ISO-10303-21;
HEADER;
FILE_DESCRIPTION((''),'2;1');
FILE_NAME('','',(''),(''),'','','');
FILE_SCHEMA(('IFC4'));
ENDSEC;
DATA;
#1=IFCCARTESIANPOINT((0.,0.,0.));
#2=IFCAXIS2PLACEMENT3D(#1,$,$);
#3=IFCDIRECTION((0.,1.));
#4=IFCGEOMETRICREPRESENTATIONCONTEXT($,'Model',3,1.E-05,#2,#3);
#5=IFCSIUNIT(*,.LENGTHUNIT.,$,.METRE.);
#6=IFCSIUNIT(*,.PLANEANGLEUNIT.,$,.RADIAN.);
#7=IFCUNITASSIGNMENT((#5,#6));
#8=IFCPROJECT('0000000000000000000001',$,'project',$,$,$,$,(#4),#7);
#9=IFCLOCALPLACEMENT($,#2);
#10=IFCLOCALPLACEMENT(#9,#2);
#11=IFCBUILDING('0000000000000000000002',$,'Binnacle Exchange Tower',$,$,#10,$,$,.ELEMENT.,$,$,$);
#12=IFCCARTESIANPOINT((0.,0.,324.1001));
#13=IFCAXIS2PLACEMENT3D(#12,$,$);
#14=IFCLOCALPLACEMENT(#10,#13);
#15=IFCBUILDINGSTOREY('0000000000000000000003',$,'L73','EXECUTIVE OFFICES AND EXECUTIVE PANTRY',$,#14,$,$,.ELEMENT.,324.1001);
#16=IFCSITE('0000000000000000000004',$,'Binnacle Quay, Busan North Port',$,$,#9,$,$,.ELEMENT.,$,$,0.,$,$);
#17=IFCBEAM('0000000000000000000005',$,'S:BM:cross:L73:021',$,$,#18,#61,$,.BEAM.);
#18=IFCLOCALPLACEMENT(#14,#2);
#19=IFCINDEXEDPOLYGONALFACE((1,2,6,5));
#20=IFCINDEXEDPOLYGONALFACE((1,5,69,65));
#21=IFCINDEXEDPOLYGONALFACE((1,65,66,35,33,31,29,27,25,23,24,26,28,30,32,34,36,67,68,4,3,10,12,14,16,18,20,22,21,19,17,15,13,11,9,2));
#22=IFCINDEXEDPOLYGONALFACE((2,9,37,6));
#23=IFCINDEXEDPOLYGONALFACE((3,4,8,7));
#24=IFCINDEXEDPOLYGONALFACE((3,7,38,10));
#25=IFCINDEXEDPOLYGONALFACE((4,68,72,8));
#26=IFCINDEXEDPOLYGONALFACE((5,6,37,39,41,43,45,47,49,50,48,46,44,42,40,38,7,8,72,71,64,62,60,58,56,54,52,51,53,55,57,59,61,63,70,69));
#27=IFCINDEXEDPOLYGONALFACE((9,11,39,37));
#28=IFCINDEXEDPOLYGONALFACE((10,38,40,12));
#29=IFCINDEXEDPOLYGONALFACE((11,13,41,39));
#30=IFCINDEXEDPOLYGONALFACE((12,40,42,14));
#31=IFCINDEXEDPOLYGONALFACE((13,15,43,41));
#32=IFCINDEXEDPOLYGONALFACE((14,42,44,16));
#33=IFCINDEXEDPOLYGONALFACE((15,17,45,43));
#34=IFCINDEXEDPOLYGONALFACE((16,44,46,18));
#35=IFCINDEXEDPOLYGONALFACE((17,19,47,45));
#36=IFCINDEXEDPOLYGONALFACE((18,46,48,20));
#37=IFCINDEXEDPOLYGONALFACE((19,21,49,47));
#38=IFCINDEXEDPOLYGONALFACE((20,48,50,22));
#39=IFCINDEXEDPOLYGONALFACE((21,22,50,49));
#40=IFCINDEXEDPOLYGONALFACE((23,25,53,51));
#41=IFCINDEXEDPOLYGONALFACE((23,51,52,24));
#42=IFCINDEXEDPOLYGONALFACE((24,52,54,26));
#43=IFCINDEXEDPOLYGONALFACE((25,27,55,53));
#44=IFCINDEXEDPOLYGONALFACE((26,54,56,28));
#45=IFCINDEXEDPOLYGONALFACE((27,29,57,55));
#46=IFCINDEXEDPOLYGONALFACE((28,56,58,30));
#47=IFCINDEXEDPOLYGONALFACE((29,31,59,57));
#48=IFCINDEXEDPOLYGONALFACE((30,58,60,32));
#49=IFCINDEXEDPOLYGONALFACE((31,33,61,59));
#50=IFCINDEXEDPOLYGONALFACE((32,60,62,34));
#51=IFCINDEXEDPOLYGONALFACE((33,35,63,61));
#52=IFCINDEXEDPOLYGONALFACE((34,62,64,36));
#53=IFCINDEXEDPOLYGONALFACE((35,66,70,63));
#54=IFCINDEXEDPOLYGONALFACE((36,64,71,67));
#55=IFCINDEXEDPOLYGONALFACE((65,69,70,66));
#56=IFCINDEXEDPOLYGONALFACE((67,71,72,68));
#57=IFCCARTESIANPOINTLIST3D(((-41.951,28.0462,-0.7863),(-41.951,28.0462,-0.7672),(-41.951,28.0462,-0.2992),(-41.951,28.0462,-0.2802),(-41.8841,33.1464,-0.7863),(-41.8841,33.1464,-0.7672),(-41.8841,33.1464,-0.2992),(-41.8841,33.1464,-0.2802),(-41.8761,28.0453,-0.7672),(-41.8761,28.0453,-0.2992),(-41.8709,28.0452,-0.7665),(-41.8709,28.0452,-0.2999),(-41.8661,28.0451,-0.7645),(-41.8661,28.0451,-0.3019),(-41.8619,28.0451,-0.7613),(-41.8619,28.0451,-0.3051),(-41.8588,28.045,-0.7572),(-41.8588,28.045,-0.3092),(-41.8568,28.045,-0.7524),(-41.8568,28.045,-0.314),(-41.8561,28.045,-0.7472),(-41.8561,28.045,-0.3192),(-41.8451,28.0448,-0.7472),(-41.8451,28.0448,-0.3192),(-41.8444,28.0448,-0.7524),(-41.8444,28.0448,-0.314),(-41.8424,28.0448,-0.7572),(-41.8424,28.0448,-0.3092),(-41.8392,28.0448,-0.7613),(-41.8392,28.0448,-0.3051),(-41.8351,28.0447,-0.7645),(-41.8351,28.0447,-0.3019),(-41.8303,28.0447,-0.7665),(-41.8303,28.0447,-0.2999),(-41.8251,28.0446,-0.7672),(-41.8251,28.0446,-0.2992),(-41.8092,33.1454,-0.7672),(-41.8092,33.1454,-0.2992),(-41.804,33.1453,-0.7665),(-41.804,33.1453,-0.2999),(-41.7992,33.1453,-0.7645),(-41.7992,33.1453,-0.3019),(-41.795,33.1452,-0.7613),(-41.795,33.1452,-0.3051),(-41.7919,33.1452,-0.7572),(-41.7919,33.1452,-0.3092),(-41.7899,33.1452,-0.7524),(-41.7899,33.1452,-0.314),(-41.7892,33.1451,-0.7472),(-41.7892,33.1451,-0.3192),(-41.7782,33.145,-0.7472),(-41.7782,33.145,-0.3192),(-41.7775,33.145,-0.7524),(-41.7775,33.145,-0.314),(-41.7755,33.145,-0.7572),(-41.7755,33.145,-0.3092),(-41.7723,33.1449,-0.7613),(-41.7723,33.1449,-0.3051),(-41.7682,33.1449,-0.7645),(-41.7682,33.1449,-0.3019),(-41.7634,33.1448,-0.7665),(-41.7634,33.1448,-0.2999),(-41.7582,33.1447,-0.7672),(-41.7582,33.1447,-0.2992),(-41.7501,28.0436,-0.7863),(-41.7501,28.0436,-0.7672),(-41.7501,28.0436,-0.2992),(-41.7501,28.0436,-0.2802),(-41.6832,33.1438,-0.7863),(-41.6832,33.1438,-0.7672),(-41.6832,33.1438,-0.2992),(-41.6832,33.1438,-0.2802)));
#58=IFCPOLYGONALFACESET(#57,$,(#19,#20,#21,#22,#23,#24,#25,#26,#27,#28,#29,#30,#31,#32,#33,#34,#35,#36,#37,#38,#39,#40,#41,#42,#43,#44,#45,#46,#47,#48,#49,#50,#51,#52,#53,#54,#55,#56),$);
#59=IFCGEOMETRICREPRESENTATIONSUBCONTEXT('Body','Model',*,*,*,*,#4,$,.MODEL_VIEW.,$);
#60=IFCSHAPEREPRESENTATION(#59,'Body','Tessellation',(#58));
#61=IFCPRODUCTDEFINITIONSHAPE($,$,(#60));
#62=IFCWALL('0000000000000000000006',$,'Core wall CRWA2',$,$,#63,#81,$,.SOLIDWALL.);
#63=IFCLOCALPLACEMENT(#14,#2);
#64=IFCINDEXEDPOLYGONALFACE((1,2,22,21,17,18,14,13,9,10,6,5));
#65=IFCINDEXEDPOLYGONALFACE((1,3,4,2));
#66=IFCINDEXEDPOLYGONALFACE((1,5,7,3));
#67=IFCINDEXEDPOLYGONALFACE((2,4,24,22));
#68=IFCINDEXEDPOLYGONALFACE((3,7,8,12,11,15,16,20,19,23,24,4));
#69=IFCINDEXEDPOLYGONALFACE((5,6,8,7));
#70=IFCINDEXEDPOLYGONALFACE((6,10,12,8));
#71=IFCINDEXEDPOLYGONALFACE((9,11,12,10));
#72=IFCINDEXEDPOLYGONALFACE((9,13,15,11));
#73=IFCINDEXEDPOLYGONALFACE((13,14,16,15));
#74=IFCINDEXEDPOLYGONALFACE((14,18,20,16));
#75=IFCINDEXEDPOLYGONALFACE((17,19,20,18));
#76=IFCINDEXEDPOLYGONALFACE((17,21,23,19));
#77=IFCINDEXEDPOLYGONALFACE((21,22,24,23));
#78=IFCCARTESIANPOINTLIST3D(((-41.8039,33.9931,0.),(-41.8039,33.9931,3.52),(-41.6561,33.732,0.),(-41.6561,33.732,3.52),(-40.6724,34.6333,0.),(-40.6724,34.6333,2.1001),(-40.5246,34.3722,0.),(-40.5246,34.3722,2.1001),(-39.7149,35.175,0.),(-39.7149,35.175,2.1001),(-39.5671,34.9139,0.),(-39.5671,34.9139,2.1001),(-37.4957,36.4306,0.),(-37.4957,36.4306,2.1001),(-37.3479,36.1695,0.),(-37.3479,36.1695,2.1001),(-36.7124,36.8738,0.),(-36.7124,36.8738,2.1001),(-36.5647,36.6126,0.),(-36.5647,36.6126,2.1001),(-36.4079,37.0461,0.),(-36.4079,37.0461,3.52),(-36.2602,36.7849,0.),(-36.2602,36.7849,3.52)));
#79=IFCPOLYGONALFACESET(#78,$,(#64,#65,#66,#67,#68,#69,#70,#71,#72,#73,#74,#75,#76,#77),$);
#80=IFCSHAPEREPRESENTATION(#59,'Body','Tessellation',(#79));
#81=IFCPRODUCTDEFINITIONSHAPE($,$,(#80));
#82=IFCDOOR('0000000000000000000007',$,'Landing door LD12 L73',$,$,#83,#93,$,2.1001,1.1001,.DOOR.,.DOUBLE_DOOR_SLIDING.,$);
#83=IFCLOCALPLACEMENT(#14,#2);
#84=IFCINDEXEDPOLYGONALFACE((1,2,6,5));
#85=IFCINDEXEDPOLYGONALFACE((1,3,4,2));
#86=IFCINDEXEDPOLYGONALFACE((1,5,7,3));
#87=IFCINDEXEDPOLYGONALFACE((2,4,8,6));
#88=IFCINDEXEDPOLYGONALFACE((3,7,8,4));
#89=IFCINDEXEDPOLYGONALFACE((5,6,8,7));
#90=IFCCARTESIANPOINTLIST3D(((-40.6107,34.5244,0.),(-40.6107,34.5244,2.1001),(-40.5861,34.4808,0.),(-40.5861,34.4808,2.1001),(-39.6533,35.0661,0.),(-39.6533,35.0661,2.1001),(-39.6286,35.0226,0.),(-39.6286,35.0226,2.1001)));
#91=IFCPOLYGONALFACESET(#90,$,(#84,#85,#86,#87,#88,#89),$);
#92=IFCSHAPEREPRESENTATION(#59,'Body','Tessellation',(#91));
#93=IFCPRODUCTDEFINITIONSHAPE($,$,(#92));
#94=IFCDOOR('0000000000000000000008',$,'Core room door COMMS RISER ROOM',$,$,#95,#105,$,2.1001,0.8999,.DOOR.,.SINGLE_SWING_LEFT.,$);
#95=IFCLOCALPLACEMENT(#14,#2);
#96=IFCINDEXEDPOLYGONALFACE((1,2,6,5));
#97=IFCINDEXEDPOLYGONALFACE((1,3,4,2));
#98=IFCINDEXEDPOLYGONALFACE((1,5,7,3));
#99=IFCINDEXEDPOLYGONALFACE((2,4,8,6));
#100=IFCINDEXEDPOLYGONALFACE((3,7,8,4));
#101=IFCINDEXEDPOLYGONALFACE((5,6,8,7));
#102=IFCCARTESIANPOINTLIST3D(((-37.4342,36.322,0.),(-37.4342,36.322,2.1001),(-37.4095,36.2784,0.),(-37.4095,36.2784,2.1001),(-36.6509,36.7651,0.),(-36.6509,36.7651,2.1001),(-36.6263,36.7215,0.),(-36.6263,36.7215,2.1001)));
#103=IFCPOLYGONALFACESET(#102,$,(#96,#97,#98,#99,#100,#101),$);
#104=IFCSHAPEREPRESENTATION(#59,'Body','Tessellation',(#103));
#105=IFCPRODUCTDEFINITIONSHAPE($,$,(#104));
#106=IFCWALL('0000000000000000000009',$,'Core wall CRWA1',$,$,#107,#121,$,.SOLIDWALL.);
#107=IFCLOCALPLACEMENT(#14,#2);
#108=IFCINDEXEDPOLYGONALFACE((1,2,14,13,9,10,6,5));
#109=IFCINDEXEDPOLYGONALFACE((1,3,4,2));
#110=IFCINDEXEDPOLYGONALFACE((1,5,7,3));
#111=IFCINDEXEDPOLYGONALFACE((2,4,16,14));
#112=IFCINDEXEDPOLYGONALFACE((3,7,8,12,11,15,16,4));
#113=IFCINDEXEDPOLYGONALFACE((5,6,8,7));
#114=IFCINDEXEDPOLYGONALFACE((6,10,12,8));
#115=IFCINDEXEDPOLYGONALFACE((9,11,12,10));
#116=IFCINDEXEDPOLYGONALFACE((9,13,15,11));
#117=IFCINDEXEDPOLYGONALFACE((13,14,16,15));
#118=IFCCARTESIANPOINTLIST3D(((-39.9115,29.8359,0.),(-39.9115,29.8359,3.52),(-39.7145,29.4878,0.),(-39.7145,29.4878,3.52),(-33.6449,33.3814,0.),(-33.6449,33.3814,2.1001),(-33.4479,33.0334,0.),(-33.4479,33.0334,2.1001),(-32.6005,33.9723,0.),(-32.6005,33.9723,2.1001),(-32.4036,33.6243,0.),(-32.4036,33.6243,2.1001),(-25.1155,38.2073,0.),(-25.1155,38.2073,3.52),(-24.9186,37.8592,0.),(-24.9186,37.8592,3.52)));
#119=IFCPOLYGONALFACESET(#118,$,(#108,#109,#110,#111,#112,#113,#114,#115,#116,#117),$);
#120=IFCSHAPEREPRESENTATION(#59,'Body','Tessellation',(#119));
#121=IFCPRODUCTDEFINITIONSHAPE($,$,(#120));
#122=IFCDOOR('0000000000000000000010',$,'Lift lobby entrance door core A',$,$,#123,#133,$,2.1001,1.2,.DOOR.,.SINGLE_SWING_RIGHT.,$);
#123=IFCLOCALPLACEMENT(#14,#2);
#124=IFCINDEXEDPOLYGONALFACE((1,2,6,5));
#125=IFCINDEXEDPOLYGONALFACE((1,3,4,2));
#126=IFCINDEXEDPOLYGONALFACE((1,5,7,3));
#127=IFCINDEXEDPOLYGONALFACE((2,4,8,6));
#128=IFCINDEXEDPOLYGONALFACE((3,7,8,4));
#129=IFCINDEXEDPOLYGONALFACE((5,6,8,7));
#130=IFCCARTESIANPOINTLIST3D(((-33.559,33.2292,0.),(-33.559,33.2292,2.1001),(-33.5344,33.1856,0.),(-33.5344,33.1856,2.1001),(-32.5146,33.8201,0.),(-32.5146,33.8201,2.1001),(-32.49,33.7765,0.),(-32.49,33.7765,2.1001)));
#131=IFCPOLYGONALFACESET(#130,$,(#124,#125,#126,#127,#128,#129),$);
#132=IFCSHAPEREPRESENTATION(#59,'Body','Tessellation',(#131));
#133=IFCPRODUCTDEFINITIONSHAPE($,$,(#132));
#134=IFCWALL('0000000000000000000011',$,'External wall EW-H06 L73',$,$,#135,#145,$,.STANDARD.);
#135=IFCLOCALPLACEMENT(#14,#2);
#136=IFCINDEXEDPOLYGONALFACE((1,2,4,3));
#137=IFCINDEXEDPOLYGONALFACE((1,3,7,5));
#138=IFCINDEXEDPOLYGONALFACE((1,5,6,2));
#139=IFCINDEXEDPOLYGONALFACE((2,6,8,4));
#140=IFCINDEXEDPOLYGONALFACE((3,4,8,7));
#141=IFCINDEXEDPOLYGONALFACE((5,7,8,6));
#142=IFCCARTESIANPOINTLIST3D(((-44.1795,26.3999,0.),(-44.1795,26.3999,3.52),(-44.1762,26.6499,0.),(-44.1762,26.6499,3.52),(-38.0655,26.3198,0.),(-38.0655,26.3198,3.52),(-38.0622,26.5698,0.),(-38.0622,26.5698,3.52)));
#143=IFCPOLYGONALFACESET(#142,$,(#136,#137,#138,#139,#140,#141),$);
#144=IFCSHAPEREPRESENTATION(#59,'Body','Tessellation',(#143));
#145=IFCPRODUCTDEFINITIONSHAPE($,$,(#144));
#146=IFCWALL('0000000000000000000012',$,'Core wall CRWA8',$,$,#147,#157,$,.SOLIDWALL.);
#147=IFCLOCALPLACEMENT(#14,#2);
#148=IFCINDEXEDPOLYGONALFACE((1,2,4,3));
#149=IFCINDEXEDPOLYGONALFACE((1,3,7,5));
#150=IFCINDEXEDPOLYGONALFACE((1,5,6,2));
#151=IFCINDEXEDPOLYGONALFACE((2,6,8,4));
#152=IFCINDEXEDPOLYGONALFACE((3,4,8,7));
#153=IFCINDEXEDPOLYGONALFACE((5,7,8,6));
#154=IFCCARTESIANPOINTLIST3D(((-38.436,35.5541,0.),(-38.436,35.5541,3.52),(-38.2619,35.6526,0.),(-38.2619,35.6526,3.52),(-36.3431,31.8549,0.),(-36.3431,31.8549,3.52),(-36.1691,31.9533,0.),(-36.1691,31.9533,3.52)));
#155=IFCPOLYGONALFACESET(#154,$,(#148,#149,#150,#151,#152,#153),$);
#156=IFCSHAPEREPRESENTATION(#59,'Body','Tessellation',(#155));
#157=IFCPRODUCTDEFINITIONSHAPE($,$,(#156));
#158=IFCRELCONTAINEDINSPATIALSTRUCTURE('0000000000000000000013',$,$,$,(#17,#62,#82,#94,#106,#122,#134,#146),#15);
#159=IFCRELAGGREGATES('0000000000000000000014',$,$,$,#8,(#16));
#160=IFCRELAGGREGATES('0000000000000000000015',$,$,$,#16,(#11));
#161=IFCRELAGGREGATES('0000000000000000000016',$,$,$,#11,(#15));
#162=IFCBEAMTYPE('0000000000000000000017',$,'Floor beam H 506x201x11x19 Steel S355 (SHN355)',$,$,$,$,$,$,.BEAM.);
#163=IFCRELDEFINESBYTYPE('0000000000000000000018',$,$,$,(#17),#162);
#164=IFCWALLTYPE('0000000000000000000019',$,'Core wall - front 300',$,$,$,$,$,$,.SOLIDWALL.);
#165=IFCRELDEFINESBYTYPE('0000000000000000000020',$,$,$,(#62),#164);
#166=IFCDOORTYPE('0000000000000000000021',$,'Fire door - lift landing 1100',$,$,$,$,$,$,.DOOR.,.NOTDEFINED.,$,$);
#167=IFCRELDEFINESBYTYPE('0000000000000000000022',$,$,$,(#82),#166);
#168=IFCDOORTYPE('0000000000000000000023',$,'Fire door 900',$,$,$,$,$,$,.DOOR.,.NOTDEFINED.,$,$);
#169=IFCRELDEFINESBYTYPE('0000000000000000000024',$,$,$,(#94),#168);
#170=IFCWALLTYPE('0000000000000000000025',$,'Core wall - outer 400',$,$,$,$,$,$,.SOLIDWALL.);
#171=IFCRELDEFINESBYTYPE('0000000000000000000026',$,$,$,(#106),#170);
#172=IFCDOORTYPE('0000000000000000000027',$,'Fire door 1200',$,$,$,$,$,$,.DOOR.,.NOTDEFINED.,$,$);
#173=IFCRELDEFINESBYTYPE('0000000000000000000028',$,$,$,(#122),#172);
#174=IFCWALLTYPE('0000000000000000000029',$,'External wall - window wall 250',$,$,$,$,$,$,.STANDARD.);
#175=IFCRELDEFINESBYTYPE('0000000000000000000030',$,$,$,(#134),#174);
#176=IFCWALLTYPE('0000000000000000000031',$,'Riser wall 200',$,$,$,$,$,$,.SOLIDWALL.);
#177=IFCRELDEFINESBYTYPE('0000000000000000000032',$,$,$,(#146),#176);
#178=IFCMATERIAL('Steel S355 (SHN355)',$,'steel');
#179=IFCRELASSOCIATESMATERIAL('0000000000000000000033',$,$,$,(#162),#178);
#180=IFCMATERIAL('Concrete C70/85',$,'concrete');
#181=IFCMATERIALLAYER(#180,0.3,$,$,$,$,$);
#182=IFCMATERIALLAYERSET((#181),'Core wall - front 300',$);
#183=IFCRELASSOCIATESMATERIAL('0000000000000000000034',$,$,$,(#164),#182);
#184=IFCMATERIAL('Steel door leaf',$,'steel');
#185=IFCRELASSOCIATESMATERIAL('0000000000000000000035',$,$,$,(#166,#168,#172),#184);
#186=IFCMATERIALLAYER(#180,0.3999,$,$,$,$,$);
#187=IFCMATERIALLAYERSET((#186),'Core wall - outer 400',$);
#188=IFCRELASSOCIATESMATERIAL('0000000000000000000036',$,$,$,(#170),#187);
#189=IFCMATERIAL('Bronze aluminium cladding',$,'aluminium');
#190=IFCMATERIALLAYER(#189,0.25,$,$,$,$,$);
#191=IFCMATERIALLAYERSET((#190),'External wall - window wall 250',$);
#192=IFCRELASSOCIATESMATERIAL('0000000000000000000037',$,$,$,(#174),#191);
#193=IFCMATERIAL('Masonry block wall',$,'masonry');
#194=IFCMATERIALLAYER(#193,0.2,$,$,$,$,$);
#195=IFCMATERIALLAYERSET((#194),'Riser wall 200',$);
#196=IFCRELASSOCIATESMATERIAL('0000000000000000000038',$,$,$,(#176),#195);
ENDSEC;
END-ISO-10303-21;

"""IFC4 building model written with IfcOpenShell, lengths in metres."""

from ifc_helpers import new_model, si_unit, direction, frame, frame_2d, origin, origin_2d, place, context, subcontext, project, spatial, rectangle, i_section, extrude, material, layer, layer_set, material_profile, profile_set, type_object, element, fill, save


model = new_model("IFC4")

# Units and contexts
model_context = context("Model", 3, precision=1e-05, world=origin(), true_north=direction((0.0, 1.0)))
body_context = subcontext(model_context, "Body", "Model", "MODEL_VIEW")
ifc_project = project(units=[si_unit("LENGTHUNIT", "METRE"), si_unit("PLANEANGLEUNIT", "RADIAN")], contexts=[model_context])

# Site, building, storey
site_placement = place(None, origin())
site = spatial("IfcSite", under=ifc_project, at=site_placement, Name="Binnacle Quay, Busan North Port", CompositionType="ELEMENT", RefElevation=0.0)
building_placement = place(site_placement, origin())
building = spatial("IfcBuilding", under=site, at=building_placement, Name="Binnacle Exchange Tower", CompositionType="ELEMENT")
storey_placement = place(building_placement, frame((0.0, 0.0, 324.1001)))
storey = spatial("IfcBuildingStorey", under=building, at=storey_placement, Name="L73", Description="EXECUTIVE OFFICES AND EXECUTIVE PANTRY", CompositionType="ELEMENT", Elevation=324.1001)

# Beam
ifc_material_1 = material(Name="Steel S355 (SHN355)", Category="steel")
ifc_material_profile_1 = material_profile(ifc_material_1, i_section(OverallWidth=0.2009, OverallDepth=0.5061, WebThickness=0.011, FlangeThickness=0.019, FilletRadius=0.02, at=origin_2d()), Name="H 506x201x11x19")
ifc_profile_set_1 = profile_set([ifc_material_profile_1], Name="Steel S355 (SHN355)")
beam_type_1 = type_object("IfcBeamType", Name="Floor beam H 506x201x11x19 Steel S355 (SHN355)", PredefinedType="BEAM", material=ifc_profile_set_1)
beam_1_placement = place(storey_placement, frame((-41.8506, 28.0449, -0.5332), z_axis=(0.013115, 0.999914, 0.0), x_axis=(-0.999914, 0.013115, 0.0)))
element("IfcBeam", 1, at=beam_1_placement, inside=storey, type_object=beam_type_1, Name="S:BM:cross:L73:021", PredefinedType="BEAM", context=body_context, shape_type="SweptSolid", body=[
    extrude(i_section(OverallWidth=0.2009, OverallDepth=0.5061, WebThickness=0.011, FlangeThickness=0.019, FilletRadius=0.02, at=origin_2d()), origin(), (0.0, 0.0, 1.0), 5.1006),
])

# Wall, openings, doors
ifc_material_2 = material(Name="Concrete C70/85", Category="concrete")
ifc_layer_1 = layer(ifc_material_2, 0.3)
ifc_layer_set_1 = layer_set([ifc_layer_1], Name="Core wall - front 300")
wall_type_1 = type_object("IfcWallType", Name="Core wall - front 300", PredefinedType="SOLIDWALL", material=ifc_layer_set_1)
wall_1_placement = place(storey_placement, frame((-41.73, 33.8625, 0.0), z_axis=(0.0, 0.0, 1.0), x_axis=(0.870351, 0.492432, 0.0)))
wall_1 = element("IfcWall", 2, at=wall_1_placement, inside=storey, type_object=wall_type_1, Name="Core wall CRWA2", PredefinedType="SOLIDWALL", context=body_context, shape_type="SweptSolid", body=[
    extrude(rectangle(XDim=6.1997, YDim=0.3, at=frame_2d((3.0999, 0.0))), origin(), (0.0, 0.0, 1.0), 3.52),
])
opening_1_placement = place(wall_1_placement, frame((1.3, 0.0, 0.0)))
opening_1 = element("IfcOpeningElement", 3, at=opening_1_placement, cuts=wall_1, PredefinedType="OPENING", context=body_context, shape_type="SweptSolid", body=[
    extrude(rectangle(XDim=1.1001, YDim=2.1001, at=frame_2d((0.55, 1.05))), frame((0.0, 0.1599, 0.0), z_axis=(0.0, -1.0, 0.0), x_axis=(1.0, 0.0, 0.0)), (0.0, 0.0, 1.0), 0.3201),
])
opening_2_placement = place(wall_1_placement, frame((4.95, 0.0, 0.0)))
opening_2 = element("IfcOpeningElement", 4, at=opening_2_placement, cuts=wall_1, PredefinedType="OPENING", context=body_context, shape_type="SweptSolid", body=[
    extrude(rectangle(XDim=0.8999, YDim=2.1001, at=frame_2d((0.45, 1.05))), frame((0.0, 0.1599, 0.0), z_axis=(0.0, -1.0, 0.0), x_axis=(1.0, 0.0, 0.0)), (0.0, 0.0, 1.0), 0.3201),
])
ifc_material_3 = material(Name="Steel door leaf", Category="steel")
door_type_1 = type_object("IfcDoorType", Name="Fire door - lift landing 1100", OperationType="NOTDEFINED", PredefinedType="DOOR", material=ifc_material_3)
door_1_placement = place(opening_1_placement, origin())
door_1 = element("IfcDoor", 5, at=door_1_placement, inside=storey, type_object=door_type_1, Name="Landing door LD12 L73", OperationType="DOUBLE_DOOR_SLIDING", OverallHeight=2.1001, OverallWidth=1.1001, PredefinedType="DOOR", context=body_context, shape_type="SweptSolid", body=[
    extrude(rectangle(XDim=1.1001, YDim=2.1001, at=frame_2d((0.55, 1.05))), frame((0.0, 0.0249, 0.0), z_axis=(0.0, -1.0, 0.0), x_axis=(1.0, 0.0, 0.0)), (0.0, 0.0, 1.0), 0.05),
])
fill(opening_1, door_1)
door_type_2 = type_object("IfcDoorType", Name="Fire door 900", OperationType="NOTDEFINED", PredefinedType="DOOR", material=ifc_material_3)
door_2_placement = place(opening_2_placement, frame((0.8999, 0.0, 0.0), z_axis=(0.0, 0.0, 1.0), x_axis=(-1.0, 0.0, 0.0)))
door_2 = element("IfcDoor", 6, at=door_2_placement, inside=storey, type_object=door_type_2, Name="Core room door COMMS RISER ROOM", OperationType="SINGLE_SWING_LEFT", OverallHeight=2.1001, OverallWidth=0.8999, PredefinedType="DOOR", context=body_context, shape_type="SweptSolid", body=[
    extrude(rectangle(XDim=0.8999, YDim=2.1001, at=frame_2d((0.45, 1.05))), frame((0.0, 0.0249, 0.0), z_axis=(0.0, -1.0, 0.0), x_axis=(1.0, 0.0, 0.0)), (0.0, 0.0, 1.0), 0.05),
])
fill(opening_2, door_2)

# Wall, opening, door
ifc_layer_2 = layer(ifc_material_2, 0.3999)
ifc_layer_set_2 = layer_set([ifc_layer_2], Name="Core wall - outer 400")
wall_type_2 = type_object("IfcWallType", Name="Core wall - outer 400", PredefinedType="SOLIDWALL", material=ifc_layer_set_2)
wall_2_placement = place(storey_placement, frame((-39.813, 29.6619, 0.0), z_axis=(0.0, 0.0, 1.0), x_axis=(0.87035, 0.492433, 0.0)))
wall_2 = element("IfcWall", 7, at=wall_2_placement, inside=storey, type_object=wall_type_2, Name="Core wall CRWA1", PredefinedType="SOLIDWALL", context=body_context, shape_type="SweptSolid", body=[
    extrude(rectangle(XDim=17.0, YDim=0.3999, at=frame_2d((8.5, 0.0))), origin(), (0.0, 0.0, 1.0), 3.52),
])
opening_3_placement = place(wall_2_placement, frame((7.2, 0.0, 0.0)))
opening_3 = element("IfcOpeningElement", 8, at=opening_3_placement, cuts=wall_2, PredefinedType="OPENING", context=body_context, shape_type="SweptSolid", body=[
    extrude(rectangle(XDim=1.2, YDim=2.1001, at=frame_2d((0.6001, 1.05))), frame((0.0, 0.21, 0.0), z_axis=(0.0, -1.0, 0.0), x_axis=(1.0, 0.0, 0.0)), (0.0, 0.0, 1.0), 0.4199),
])
door_type_3 = type_object("IfcDoorType", Name="Fire door 1200", OperationType="NOTDEFINED", PredefinedType="DOOR", material=ifc_material_3)
door_3_placement = place(opening_3_placement, frame((1.2, 0.0, 0.0), z_axis=(0.0, 0.0, 1.0), x_axis=(-1.0, 0.0, 0.0)))
door_3 = element("IfcDoor", 9, at=door_3_placement, inside=storey, type_object=door_type_3, Name="Lift lobby entrance door core A", OperationType="SINGLE_SWING_RIGHT", OverallHeight=2.1001, OverallWidth=1.2, PredefinedType="DOOR", context=body_context, shape_type="SweptSolid", body=[
    extrude(rectangle(XDim=1.2, YDim=2.1001, at=frame_2d((0.6001, 1.05))), frame((0.0, 0.0249, 0.0), z_axis=(0.0, -1.0, 0.0), x_axis=(1.0, 0.0, 0.0)), (0.0, 0.0, 1.0), 0.05),
])
fill(opening_3, door_3)

# Walls
ifc_material_4 = material(Name="Bronze aluminium cladding", Category="aluminium")
ifc_layer_3 = layer(ifc_material_4, 0.25)
ifc_layer_set_3 = layer_set([ifc_layer_3], Name="External wall - window wall 250")
wall_type_3 = type_object("IfcWallType", Name="External wall - window wall 250", PredefinedType="STANDARD", material=ifc_layer_set_3)
wall_3_placement = place(storey_placement, frame((-38.064, 26.4448, 0.0), z_axis=(0.0, 0.0, 1.0), x_axis=(-0.999914, 0.013096, 0.0)))
element("IfcWall", 10, at=wall_3_placement, inside=storey, type_object=wall_type_3, Name="External wall EW-H06 L73", PredefinedType="STANDARD", context=body_context, shape_type="SweptSolid", body=[
    extrude(rectangle(XDim=6.1145, YDim=0.25, at=frame_2d((3.0571, 0.0))), origin(), (0.0, 0.0, 1.0), 3.52),
])
ifc_material_5 = material(Name="Masonry block wall", Category="masonry")
ifc_layer_4 = layer(ifc_material_5, 0.2)
ifc_layer_set_4 = layer_set([ifc_layer_4], Name="Riser wall 200")
wall_type_4 = type_object("IfcWallType", Name="Riser wall 200", PredefinedType="SOLIDWALL", material=ifc_layer_set_4)
wall_4_placement = place(storey_placement, frame((-38.3489, 35.6033, 0.0), z_axis=(0.0, 0.0, 1.0), x_axis=(0.492398, -0.87037, 0.0)))
element("IfcWall", 11, at=wall_4_placement, inside=storey, type_object=wall_type_4, Name="Core wall CRWA8", PredefinedType="SOLIDWALL", context=body_context, shape_type="SweptSolid", body=[
    extrude(rectangle(XDim=4.2502, YDim=0.2, at=frame_2d((2.125, 0.0))), origin(), (0.0, 0.0, 1.0), 3.52),
])

save(model, "model.ifc")
